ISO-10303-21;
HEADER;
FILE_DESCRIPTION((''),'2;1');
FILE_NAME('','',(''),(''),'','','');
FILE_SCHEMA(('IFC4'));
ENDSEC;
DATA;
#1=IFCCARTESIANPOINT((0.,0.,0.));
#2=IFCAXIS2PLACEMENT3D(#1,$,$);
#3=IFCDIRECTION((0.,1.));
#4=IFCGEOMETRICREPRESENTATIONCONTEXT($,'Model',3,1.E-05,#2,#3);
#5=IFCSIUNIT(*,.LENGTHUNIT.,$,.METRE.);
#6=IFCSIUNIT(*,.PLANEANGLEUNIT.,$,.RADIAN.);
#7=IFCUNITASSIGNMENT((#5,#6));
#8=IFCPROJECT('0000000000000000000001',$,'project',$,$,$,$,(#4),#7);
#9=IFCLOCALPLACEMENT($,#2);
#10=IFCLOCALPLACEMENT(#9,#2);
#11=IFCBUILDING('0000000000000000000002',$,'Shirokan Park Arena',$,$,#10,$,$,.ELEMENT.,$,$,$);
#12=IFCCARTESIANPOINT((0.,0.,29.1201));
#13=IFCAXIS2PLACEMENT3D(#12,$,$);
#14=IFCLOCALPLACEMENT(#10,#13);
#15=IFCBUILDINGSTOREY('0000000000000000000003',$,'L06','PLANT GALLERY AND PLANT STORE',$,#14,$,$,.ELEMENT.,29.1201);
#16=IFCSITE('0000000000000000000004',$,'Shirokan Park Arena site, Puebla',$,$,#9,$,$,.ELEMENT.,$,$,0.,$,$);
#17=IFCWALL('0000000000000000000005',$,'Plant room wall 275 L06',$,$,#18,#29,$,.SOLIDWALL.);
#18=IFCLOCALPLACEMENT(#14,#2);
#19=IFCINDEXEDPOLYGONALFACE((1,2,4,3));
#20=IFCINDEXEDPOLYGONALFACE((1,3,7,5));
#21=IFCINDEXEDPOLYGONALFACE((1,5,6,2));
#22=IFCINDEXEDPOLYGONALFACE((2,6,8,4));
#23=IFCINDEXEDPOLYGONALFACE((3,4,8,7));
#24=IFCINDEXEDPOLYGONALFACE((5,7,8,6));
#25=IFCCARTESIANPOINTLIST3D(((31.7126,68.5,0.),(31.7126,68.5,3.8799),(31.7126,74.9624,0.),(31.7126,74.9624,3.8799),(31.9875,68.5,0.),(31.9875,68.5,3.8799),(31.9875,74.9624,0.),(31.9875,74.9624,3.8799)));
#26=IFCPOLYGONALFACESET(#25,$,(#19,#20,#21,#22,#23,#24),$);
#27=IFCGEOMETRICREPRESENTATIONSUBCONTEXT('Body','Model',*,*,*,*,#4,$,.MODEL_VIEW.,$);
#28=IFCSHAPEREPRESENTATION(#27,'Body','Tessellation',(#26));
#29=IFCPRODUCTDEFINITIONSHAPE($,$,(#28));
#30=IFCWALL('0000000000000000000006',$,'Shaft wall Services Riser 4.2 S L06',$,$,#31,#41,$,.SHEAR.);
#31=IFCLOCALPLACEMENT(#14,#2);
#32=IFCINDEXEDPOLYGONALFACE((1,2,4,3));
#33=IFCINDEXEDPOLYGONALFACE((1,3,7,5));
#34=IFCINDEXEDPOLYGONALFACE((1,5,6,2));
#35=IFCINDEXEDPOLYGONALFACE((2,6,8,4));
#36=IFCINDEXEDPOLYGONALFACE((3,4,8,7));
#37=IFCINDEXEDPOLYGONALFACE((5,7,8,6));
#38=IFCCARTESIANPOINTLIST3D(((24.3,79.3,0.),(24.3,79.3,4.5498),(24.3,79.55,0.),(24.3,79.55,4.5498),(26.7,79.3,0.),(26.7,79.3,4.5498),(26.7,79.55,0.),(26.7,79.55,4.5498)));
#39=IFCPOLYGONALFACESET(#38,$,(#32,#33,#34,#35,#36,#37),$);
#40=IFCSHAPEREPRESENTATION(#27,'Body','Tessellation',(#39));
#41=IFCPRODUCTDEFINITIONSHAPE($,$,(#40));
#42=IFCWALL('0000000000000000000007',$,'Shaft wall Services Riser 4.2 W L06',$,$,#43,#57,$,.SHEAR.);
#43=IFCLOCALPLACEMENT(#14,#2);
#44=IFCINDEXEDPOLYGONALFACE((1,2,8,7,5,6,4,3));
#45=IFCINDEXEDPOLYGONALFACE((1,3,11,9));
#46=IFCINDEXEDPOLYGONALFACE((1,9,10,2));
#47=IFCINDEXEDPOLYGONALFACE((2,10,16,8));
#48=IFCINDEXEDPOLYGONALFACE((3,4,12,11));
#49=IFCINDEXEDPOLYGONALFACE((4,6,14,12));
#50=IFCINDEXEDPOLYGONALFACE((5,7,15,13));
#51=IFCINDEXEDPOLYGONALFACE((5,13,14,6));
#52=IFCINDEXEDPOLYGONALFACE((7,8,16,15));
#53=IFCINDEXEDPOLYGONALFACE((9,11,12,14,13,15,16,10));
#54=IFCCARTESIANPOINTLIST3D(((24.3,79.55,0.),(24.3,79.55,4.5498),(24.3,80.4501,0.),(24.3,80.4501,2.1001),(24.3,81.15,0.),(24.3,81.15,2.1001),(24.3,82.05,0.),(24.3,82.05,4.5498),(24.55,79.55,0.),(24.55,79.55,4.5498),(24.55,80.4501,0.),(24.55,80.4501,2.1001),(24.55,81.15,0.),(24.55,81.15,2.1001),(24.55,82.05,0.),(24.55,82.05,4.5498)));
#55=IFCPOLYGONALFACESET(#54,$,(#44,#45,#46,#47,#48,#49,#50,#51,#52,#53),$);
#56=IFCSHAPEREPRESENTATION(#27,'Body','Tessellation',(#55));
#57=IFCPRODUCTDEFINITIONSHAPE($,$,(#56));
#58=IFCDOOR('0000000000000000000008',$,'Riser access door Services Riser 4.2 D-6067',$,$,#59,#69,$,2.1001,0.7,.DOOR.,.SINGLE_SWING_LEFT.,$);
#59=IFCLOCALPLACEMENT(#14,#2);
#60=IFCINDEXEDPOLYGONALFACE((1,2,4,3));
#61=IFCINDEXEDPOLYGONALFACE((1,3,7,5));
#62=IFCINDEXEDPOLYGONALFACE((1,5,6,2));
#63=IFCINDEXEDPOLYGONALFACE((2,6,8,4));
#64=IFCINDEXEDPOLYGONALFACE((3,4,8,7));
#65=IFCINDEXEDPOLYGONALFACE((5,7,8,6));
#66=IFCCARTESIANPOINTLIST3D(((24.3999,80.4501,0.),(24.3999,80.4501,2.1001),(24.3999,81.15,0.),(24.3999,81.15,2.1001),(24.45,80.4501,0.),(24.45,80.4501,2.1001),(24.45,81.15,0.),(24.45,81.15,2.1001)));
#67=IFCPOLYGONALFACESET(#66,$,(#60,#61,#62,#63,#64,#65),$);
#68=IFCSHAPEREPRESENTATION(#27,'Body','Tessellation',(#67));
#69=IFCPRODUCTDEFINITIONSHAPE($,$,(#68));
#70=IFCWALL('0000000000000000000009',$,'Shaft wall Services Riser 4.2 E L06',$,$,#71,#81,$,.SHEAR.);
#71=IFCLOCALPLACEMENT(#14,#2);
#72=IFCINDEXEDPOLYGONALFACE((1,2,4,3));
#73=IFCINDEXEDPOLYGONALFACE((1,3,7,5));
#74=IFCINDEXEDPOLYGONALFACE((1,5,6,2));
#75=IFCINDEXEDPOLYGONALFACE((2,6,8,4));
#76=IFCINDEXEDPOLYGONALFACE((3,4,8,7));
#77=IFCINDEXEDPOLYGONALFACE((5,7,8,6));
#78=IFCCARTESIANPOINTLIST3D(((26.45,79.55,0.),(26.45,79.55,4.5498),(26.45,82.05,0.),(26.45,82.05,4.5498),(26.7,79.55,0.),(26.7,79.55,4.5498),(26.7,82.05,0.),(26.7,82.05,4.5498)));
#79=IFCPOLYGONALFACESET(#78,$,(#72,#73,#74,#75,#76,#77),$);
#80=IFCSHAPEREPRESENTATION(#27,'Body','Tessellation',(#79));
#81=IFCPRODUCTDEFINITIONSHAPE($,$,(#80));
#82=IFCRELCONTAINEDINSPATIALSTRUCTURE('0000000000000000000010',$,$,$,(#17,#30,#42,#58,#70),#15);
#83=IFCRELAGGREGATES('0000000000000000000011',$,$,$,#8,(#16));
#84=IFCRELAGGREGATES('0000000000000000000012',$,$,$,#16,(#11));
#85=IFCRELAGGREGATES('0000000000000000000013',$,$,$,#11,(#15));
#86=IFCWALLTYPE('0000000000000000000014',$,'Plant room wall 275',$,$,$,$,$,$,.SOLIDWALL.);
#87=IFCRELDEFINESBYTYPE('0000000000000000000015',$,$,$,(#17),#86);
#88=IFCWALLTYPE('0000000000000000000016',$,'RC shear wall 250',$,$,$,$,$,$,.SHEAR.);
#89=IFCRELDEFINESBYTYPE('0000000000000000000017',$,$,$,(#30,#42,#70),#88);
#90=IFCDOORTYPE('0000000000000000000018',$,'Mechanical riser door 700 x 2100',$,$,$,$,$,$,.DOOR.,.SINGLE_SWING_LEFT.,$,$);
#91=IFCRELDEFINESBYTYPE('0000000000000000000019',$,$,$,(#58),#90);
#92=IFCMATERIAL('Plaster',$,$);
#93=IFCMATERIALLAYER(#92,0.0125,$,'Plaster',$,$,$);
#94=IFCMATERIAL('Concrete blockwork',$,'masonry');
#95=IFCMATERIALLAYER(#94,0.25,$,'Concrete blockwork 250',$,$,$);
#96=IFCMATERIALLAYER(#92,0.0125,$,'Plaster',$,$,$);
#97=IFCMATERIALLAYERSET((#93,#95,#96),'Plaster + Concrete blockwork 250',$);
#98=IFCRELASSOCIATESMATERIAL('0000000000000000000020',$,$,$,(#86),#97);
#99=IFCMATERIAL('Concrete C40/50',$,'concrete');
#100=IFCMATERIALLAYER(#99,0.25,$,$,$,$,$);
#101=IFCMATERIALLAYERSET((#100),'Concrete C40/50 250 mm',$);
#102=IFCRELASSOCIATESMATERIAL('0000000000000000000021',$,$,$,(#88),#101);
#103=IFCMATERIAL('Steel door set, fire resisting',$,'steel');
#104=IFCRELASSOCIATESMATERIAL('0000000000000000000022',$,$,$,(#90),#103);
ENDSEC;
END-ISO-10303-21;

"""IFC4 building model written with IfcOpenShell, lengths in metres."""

from ifc_helpers import new_model, si_unit, direction, frame, frame_2d, origin, place, context, subcontext, project, spatial, rectangle, extrude, material, layer, layer_set, type_object, element, fill, save


model = new_model("IFC4")

# Units and contexts
model_context = context("Model", 3, precision=1e-05, world=origin(), true_north=direction((0.0, 1.0)))
body_context = subcontext(model_context, "Body", "Model", "MODEL_VIEW")
ifc_project = project(units=[si_unit("LENGTHUNIT", "METRE"), si_unit("PLANEANGLEUNIT", "RADIAN")], contexts=[model_context])

# Site, building, storey
site_placement = place(None, origin())
site = spatial("IfcSite", under=ifc_project, at=site_placement, Name="Shirokan Park Arena site, Puebla", CompositionType="ELEMENT", RefElevation=0.0)
building_placement = place(site_placement, origin())
building = spatial("IfcBuilding", under=site, at=building_placement, Name="Shirokan Park Arena", CompositionType="ELEMENT")
storey_placement = place(building_placement, frame((0.0, 0.0, 29.1201)))
storey = spatial("IfcBuildingStorey", under=building, at=storey_placement, Name="L06", Description="PLANT GALLERY AND PLANT STORE", CompositionType="ELEMENT", Elevation=29.1201)

# Shared definitions
ifc_material_1 = material(Name="Plaster")
ifc_layer_1 = layer(ifc_material_1, 0.0125, Name="Plaster")
ifc_material_2 = material(Name="Concrete blockwork", Category="masonry")
ifc_layer_2 = layer(ifc_material_2, 0.25, Name="Concrete blockwork 250")
ifc_layer_3 = layer(ifc_material_1, 0.0125, Name="Plaster")
ifc_layer_set_1 = layer_set([ifc_layer_1, ifc_layer_2, ifc_layer_3], Name="Plaster + Concrete blockwork 250")
wall_type_1 = type_object("IfcWallType", Name="Plant room wall 275", PredefinedType="SOLIDWALL", material=ifc_layer_set_1)

# Walls
wall_1_placement = place(storey_placement, frame((31.8501, 68.5, 0.0), z_axis=(0.0, 0.0, 1.0), x_axis=(0.0, 1.0, 0.0)))
element("IfcWall", 1, at=wall_1_placement, inside=storey, type_object=wall_type_1, Name="Plant room wall 275 L06", PredefinedType="SOLIDWALL", context=body_context, shape_type="SweptSolid", body=[
    extrude(rectangle(XDim=6.4624, YDim=0.2749, at=frame_2d((3.2312, 0.0))), origin(), (0.0, 0.0, 1.0), 3.8799),
])
ifc_material_3 = material(Name="Concrete C40/50", Category="concrete")
ifc_layer_4 = layer(ifc_material_3, 0.25)
ifc_layer_set_2 = layer_set([ifc_layer_4], Name="Concrete C40/50 250 mm")
wall_type_2 = type_object("IfcWallType", Name="RC shear wall 250", PredefinedType="SHEAR", material=ifc_layer_set_2)
wall_2_placement = place(storey_placement, frame((26.7, 79.425, 0.0), z_axis=(0.0, 0.0, 1.0), x_axis=(-1.0, 0.0, 0.0)))
element("IfcWall", 2, at=wall_2_placement, inside=storey, type_object=wall_type_2, Name="Shaft wall Services Riser 4.2 S L06", PredefinedType="SHEAR", context=body_context, shape_type="SweptSolid", body=[
    extrude(rectangle(XDim=2.3999, YDim=0.25, at=frame_2d((1.2, 0.0))), origin(), (0.0, 0.0, 1.0), 4.5498),
])

# Wall, opening, door
wall_3_placement = place(storey_placement, frame((24.425, 82.05, 0.0), z_axis=(0.0, 0.0, 1.0), x_axis=(0.0, -1.0, 0.0)))
wall_3 = element("IfcWall", 3, at=wall_3_placement, inside=storey, type_object=wall_type_2, Name="Shaft wall Services Riser 4.2 W L06", PredefinedType="SHEAR", context=body_context, shape_type="SweptSolid", body=[
    extrude(rectangle(XDim=2.5, YDim=0.25, at=frame_2d((1.25, 0.0))), origin(), (0.0, 0.0, 1.0), 4.5498),
])
opening_1_placement = place(wall_3_placement, frame((0.8999, 0.0, 0.0)))
opening_1 = element("IfcOpeningElement", 4, at=opening_1_placement, cuts=wall_3, PredefinedType="OPENING", context=body_context, shape_type="SweptSolid", body=[
    extrude(rectangle(XDim=0.7, YDim=2.1001, at=frame_2d((0.3501, 1.05))), frame((0.0, 0.135, 0.0), z_axis=(0.0, -1.0, 0.0), x_axis=(1.0, 0.0, 0.0)), (0.0, 0.0, 1.0), 0.27),
])
ifc_material_4 = material(Name="Steel door set, fire resisting", Category="steel")
door_type_1 = type_object("IfcDoorType", Name="Mechanical riser door 700 x 2100", OperationType="SINGLE_SWING_LEFT", PredefinedType="DOOR", material=ifc_material_4)
door_1_placement = place(opening_1_placement, origin())
door_1 = element("IfcDoor", 5, at=door_1_placement, inside=storey, type_object=door_type_1, Name="Riser access door Services Riser 4.2 D-6067", OperationType="SINGLE_SWING_LEFT", OverallHeight=2.1001, OverallWidth=0.7, PredefinedType="DOOR", context=body_context, shape_type="SweptSolid", body=[
    extrude(rectangle(XDim=0.7, YDim=2.1001, at=frame_2d((0.3501, 1.05))), frame((0.0, 0.0249, 0.0), z_axis=(0.0, -1.0, 0.0), x_axis=(1.0, 0.0, 0.0)), (0.0, 0.0, 1.0), 0.05),
])
fill(opening_1, door_1)

# Wall
wall_4_placement = place(storey_placement, frame((26.575, 82.05, 0.0), z_axis=(0.0, 0.0, 1.0), x_axis=(0.0, -1.0, 0.0)))
element("IfcWall", 6, at=wall_4_placement, inside=storey, type_object=wall_type_2, Name="Shaft wall Services Riser 4.2 E L06", PredefinedType="SHEAR", context=body_context, shape_type="SweptSolid", body=[
    extrude(rectangle(XDim=2.5, YDim=0.25, at=frame_2d((1.25, 0.0))), origin(), (0.0, 0.0, 1.0), 4.5498),
])

save(model, "model.ifc")
